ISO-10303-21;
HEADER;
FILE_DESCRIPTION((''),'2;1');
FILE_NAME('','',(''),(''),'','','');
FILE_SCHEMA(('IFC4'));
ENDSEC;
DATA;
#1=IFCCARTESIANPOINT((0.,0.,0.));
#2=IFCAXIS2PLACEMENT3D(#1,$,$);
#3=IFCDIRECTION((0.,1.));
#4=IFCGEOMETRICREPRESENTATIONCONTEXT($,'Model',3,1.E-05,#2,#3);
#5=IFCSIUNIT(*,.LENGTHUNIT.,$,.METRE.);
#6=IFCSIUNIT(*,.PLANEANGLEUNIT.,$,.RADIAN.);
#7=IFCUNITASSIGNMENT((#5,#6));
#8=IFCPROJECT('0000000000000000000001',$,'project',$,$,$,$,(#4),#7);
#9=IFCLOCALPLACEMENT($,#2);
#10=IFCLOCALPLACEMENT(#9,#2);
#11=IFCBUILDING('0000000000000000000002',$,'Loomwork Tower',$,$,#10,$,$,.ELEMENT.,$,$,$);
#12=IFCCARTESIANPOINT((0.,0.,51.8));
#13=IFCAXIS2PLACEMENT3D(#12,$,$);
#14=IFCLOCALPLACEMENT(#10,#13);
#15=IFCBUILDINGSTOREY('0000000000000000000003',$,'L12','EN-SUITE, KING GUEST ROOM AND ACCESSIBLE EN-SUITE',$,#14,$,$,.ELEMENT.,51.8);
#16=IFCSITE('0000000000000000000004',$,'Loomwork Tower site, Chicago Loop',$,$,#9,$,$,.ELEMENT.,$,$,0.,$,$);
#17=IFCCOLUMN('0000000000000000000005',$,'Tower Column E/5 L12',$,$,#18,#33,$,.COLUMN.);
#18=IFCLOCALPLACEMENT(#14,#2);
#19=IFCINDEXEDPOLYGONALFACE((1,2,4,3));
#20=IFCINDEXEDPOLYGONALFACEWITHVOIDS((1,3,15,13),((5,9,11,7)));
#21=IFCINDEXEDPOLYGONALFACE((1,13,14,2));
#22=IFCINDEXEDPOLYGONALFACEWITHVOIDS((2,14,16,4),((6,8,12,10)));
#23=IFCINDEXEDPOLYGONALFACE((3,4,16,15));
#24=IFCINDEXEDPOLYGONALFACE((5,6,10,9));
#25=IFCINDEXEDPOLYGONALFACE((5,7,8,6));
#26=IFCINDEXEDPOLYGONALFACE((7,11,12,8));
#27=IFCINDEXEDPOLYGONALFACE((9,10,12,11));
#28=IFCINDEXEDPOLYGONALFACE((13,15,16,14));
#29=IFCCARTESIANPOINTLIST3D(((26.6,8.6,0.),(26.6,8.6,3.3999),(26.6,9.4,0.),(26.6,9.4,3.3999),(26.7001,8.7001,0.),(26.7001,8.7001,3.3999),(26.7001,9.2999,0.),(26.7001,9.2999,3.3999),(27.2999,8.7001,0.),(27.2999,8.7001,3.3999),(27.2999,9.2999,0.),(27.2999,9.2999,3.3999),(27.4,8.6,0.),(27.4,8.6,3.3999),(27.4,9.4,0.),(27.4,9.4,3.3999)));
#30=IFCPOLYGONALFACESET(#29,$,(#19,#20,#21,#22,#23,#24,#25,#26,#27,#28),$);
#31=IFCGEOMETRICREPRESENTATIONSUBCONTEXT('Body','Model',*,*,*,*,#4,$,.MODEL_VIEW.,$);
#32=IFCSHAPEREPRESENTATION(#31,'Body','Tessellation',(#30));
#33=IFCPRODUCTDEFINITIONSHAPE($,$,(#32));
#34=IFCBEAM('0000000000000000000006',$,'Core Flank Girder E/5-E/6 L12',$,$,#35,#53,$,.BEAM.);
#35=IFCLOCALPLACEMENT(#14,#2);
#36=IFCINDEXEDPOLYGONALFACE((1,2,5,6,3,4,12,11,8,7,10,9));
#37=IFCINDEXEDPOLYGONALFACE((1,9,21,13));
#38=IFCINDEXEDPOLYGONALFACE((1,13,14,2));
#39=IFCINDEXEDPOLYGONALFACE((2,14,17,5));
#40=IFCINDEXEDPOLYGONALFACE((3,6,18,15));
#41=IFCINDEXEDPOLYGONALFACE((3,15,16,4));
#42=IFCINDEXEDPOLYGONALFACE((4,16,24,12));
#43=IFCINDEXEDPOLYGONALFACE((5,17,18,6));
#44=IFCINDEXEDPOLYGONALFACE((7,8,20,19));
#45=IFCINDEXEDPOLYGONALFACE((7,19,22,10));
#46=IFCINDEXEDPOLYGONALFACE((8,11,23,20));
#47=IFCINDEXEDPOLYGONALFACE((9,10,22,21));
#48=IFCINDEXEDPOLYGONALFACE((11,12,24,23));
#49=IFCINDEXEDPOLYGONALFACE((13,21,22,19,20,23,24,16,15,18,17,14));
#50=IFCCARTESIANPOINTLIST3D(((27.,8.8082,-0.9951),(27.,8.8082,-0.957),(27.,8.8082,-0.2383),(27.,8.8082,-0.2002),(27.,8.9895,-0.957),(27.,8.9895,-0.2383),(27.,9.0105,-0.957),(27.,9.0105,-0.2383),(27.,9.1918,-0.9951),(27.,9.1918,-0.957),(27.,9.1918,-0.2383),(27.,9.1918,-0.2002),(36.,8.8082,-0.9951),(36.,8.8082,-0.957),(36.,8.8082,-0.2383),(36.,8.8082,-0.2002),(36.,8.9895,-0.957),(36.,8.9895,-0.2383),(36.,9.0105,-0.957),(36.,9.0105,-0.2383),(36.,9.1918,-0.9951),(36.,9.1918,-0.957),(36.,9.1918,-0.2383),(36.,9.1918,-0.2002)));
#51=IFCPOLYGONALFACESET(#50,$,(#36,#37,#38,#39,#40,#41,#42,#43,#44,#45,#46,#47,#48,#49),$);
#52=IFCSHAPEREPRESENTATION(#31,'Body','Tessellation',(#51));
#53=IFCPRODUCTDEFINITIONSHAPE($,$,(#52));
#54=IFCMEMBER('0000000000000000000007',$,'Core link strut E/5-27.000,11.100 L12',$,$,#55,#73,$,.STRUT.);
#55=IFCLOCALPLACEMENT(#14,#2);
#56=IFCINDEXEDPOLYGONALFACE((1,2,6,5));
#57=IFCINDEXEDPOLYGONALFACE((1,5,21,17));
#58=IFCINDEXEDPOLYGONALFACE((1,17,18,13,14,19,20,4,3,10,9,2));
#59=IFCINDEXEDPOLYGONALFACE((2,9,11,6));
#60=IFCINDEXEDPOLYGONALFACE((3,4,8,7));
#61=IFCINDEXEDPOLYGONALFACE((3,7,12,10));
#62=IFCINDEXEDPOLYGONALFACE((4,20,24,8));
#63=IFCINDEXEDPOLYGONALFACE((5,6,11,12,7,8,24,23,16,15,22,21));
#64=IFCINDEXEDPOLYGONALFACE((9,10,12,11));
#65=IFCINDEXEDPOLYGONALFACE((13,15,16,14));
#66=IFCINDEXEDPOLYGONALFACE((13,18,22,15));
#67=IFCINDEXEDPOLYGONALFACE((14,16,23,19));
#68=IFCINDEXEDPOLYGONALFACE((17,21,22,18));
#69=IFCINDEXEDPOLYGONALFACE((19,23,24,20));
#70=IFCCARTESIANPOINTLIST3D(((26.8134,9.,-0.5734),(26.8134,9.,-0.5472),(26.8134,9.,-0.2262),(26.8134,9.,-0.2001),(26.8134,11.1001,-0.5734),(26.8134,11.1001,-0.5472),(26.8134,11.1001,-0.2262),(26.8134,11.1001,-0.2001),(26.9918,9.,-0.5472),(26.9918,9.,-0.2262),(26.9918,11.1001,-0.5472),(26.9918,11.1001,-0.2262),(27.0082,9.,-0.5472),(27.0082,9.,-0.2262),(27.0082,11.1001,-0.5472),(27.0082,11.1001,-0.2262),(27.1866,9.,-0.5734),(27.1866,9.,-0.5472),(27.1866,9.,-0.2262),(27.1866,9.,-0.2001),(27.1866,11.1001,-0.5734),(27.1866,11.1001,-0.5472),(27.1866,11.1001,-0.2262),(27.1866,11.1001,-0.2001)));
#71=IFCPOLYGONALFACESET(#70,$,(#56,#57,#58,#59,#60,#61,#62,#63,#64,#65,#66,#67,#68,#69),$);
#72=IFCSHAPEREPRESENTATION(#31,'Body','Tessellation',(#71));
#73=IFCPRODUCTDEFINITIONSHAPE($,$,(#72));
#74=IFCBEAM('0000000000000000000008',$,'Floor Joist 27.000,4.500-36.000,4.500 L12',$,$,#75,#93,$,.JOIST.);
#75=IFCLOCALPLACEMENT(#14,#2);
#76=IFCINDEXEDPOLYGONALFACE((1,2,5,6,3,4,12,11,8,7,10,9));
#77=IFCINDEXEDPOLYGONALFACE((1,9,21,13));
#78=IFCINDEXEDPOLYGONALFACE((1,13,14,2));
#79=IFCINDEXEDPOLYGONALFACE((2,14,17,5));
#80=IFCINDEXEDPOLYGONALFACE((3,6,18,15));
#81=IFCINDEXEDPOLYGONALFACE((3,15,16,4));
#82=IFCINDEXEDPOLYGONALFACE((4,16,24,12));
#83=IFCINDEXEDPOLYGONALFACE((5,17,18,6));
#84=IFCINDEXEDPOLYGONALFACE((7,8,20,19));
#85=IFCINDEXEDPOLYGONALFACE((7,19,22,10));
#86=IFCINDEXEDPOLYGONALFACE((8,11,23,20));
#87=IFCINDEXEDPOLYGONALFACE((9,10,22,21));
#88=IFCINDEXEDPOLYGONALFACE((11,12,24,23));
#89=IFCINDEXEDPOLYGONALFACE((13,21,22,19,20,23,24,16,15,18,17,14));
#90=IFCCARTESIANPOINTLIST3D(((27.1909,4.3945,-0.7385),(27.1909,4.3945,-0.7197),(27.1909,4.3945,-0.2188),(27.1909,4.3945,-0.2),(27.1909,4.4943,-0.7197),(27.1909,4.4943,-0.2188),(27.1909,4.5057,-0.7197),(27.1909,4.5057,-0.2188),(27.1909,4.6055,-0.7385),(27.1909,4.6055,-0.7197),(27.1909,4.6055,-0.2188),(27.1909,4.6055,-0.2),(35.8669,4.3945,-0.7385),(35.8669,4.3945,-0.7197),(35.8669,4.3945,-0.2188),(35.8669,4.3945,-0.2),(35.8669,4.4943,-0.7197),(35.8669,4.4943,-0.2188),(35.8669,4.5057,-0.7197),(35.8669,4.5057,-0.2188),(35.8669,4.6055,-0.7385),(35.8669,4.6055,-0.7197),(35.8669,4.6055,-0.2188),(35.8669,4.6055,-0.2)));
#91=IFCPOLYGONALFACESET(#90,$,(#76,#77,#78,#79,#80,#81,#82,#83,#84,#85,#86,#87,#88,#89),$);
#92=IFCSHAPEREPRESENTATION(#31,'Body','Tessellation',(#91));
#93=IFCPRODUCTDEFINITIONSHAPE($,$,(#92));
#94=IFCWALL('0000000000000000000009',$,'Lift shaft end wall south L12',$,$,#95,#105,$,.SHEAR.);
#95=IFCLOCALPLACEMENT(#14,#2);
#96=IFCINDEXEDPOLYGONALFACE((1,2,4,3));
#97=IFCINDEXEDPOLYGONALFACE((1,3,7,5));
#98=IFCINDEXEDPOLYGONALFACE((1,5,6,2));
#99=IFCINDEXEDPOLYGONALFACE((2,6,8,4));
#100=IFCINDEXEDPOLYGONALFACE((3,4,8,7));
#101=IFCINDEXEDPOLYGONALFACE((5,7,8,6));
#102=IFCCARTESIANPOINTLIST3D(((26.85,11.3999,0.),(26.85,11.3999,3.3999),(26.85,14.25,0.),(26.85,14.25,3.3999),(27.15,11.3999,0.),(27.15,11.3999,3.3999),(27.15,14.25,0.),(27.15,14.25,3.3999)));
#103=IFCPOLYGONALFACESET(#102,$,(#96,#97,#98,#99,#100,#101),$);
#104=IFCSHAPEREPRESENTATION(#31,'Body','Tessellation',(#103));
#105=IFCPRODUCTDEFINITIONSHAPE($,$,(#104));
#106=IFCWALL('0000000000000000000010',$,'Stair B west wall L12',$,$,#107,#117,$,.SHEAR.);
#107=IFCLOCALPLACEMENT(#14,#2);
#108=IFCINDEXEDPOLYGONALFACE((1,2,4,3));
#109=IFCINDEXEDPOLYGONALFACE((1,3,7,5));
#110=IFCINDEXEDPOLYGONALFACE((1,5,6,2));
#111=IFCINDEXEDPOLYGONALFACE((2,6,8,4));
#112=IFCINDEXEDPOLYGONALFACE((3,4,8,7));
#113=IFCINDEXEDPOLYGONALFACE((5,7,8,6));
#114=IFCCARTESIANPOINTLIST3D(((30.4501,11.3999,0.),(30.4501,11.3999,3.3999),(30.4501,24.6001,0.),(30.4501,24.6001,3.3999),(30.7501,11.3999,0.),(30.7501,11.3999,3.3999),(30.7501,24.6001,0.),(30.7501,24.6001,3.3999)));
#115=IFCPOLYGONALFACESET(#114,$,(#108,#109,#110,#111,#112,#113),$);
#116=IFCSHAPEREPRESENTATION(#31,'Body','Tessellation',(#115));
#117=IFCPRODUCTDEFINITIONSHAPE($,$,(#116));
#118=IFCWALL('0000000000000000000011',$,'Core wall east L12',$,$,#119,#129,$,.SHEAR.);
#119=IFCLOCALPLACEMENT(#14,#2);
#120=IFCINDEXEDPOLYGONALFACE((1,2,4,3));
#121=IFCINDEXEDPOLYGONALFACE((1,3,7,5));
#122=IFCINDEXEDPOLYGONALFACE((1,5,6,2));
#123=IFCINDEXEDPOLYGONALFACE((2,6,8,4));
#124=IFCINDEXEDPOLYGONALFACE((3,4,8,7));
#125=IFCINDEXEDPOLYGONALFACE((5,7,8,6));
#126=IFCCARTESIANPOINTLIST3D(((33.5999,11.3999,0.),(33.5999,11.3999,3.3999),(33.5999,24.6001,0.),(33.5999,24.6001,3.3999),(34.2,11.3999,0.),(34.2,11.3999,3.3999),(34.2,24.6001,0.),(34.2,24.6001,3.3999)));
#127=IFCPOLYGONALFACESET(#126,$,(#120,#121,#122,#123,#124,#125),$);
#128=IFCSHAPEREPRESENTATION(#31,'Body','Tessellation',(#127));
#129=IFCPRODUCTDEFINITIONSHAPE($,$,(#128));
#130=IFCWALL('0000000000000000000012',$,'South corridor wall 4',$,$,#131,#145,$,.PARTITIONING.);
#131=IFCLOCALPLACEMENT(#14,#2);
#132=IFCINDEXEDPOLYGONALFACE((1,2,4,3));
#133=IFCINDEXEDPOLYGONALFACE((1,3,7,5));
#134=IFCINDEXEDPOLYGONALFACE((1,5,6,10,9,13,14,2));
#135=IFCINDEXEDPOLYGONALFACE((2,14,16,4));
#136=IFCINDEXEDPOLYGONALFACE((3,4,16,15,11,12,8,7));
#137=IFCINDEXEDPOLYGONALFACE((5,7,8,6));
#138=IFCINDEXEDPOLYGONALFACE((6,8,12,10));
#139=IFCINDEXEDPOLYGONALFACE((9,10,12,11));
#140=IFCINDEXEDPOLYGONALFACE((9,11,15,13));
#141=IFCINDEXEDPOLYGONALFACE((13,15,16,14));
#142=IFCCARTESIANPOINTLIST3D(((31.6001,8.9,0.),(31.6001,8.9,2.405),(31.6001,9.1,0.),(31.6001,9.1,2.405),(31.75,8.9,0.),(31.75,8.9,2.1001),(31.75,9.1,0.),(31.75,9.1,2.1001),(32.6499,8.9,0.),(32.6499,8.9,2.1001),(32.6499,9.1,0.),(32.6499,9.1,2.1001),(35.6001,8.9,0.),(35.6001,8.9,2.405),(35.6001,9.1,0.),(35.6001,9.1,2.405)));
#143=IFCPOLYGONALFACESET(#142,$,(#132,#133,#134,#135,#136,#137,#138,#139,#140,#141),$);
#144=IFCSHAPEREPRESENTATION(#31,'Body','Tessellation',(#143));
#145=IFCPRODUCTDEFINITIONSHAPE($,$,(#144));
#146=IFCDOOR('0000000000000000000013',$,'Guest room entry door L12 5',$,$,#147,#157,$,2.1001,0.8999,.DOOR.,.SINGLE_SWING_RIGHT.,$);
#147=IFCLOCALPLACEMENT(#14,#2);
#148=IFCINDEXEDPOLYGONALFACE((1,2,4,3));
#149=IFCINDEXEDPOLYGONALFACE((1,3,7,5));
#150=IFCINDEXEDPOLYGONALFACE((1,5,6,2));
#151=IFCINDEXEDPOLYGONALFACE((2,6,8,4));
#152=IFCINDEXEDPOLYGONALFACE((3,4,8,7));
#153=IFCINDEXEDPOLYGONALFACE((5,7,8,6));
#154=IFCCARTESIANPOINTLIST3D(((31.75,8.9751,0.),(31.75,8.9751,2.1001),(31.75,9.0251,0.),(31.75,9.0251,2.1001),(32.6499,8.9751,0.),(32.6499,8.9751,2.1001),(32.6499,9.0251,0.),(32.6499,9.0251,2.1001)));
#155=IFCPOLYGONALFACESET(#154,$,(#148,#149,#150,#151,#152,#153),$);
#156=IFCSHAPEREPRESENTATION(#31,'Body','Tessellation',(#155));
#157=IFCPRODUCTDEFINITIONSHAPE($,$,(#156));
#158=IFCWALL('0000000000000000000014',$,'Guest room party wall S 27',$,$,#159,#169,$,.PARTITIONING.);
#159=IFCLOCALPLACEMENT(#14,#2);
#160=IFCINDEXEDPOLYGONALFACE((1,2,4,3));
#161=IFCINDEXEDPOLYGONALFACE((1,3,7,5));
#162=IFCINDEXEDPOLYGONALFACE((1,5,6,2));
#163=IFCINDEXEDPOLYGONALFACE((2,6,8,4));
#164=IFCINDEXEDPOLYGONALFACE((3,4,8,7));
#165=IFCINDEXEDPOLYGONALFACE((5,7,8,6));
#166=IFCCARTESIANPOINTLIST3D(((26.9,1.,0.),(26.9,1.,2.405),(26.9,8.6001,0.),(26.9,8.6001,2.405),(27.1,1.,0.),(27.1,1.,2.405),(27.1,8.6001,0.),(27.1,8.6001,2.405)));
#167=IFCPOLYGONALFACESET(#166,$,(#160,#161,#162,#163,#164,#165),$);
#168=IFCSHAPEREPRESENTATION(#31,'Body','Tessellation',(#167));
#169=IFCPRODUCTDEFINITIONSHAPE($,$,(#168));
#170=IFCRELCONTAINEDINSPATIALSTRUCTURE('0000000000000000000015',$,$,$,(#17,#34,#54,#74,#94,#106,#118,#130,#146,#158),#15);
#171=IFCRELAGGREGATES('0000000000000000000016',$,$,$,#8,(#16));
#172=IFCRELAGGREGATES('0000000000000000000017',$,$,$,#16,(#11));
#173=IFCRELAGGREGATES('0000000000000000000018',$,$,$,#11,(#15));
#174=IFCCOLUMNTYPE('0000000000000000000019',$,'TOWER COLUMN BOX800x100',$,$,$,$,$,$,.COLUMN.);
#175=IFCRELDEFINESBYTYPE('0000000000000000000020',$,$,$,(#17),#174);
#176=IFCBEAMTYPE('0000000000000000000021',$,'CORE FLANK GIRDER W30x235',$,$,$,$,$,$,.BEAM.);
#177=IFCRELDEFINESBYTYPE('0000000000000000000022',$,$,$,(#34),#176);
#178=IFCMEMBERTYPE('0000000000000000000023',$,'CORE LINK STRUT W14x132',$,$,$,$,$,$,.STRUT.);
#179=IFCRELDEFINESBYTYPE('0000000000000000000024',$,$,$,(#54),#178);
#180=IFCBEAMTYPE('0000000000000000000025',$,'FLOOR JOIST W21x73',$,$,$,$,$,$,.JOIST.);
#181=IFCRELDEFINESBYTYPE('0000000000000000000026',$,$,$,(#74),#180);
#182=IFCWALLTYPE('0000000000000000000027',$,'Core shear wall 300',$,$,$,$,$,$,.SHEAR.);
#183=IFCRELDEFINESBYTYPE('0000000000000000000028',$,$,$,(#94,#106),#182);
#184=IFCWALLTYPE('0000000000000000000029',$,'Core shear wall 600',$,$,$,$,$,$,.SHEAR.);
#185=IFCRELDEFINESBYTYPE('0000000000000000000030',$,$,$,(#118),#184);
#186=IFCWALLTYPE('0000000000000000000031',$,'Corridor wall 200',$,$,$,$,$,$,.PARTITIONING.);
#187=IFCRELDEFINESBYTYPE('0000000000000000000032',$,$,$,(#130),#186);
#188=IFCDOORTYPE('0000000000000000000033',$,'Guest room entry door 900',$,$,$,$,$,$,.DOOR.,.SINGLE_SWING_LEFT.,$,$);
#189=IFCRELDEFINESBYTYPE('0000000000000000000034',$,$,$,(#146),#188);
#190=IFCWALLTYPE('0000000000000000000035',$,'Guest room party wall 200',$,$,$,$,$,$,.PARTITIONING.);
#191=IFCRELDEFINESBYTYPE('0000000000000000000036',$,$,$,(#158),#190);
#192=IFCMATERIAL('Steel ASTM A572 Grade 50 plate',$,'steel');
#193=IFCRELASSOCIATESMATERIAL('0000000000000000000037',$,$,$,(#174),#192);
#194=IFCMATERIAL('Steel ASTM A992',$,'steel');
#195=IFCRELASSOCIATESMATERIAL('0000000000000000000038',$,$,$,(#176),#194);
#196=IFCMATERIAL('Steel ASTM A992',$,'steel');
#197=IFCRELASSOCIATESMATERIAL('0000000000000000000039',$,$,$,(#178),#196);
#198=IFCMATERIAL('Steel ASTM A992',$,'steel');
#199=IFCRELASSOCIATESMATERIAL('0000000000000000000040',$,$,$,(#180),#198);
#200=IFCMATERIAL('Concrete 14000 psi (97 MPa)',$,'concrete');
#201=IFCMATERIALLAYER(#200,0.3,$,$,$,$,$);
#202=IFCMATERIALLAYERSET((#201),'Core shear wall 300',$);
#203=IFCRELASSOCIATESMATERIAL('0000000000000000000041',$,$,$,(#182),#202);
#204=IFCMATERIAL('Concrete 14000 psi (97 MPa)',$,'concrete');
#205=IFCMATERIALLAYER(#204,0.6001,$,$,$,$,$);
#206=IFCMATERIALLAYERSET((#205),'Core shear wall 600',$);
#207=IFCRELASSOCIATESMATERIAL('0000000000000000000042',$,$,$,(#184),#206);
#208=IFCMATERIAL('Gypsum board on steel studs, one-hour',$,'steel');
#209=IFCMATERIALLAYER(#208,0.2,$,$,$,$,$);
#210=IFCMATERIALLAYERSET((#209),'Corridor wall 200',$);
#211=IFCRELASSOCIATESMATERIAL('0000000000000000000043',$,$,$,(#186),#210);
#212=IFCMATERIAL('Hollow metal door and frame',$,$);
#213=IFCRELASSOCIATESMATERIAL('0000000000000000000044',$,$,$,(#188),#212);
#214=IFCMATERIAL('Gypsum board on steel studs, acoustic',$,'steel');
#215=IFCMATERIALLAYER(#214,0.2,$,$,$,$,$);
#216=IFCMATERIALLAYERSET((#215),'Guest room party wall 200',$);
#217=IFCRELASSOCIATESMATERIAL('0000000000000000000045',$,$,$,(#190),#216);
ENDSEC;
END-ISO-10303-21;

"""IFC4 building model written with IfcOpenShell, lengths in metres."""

from ifc_helpers import new_model, si_unit, direction, frame, frame_2d, origin, origin_2d, place, context, subcontext, project, spatial, rectangle, hollow_rectangle, i_section, extrude, material, layer, layer_set, material_profile, profile_set, type_object, element, fill, save


model = new_model("IFC4")

# Units and contexts
model_context = context("Model", 3, precision=1e-05, world=origin(), true_north=direction((0.0, 1.0)))
body_context = subcontext(model_context, "Body", "Model", "MODEL_VIEW")
ifc_project = project(units=[si_unit("LENGTHUNIT", "METRE"), si_unit("PLANEANGLEUNIT", "RADIAN")], contexts=[model_context])

# Site, building, storey
site_placement = place(None, origin())
site = spatial("IfcSite", under=ifc_project, at=site_placement, Name="Loomwork Tower site, Chicago Loop", CompositionType="ELEMENT", RefElevation=0.0)
building_placement = place(site_placement, origin())
building = spatial("IfcBuilding", under=site, at=building_placement, Name="Loomwork Tower", CompositionType="ELEMENT")
storey_placement = place(building_placement, frame((0.0, 0.0, 51.8)))
storey = spatial("IfcBuildingStorey", under=building, at=storey_placement, Name="L12", Description="EN-SUITE, KING GUEST ROOM AND ACCESSIBLE EN-SUITE", CompositionType="ELEMENT", Elevation=51.8)

# Column
ifc_material_1 = material(Name="Steel ASTM A572 Grade 50 plate", Category="steel")
ifc_material_profile_1 = material_profile(ifc_material_1, hollow_rectangle(XDim=0.8, YDim=0.8, WallThickness=0.1001, at=origin_2d()), Name="BOX800x100")
ifc_profile_set_1 = profile_set([ifc_material_profile_1], Name="Steel ASTM A572 Grade 50 plate")
column_type = type_object("IfcColumnType", Name="TOWER COLUMN BOX800x100", PredefinedType="COLUMN", material=ifc_profile_set_1)
column_placement = place(storey_placement, frame((27.0, 9.0, 0.0), z_axis=(0.0, 0.0, 1.0), x_axis=(1.0, 0.0, 0.0)))
element("IfcColumn", 1, at=column_placement, inside=storey, type_object=column_type, Name="Tower Column E/5 L12", PredefinedType="COLUMN", context=body_context, shape_type="SweptSolid", body=[
    extrude(hollow_rectangle(XDim=0.8, YDim=0.8, WallThickness=0.1001, at=origin_2d()), origin(), (0.0, 0.0, 1.0), 3.3999),
])

# Beam
ifc_material_2 = material(Name="Steel ASTM A992", Category="steel")
ifc_material_profile_2 = material_profile(ifc_material_2, i_section(OverallWidth=0.3835, OverallDepth=0.7949, WebThickness=0.021, FlangeThickness=0.0381, at=origin_2d()), Name="W30x235")
ifc_profile_set_2 = profile_set([ifc_material_profile_2], Name="Steel ASTM A992")
beam_type_1 = type_object("IfcBeamType", Name="CORE FLANK GIRDER W30x235", PredefinedType="BEAM", material=ifc_profile_set_2)
beam_1_placement = place(storey_placement, frame((27.0, 9.0, -0.5977), z_axis=(1.0, 0.0, 0.0), x_axis=(0.0, 1.0, 0.0)))
element("IfcBeam", 2, at=beam_1_placement, inside=storey, type_object=beam_type_1, Name="Core Flank Girder E/5-E/6 L12", PredefinedType="BEAM", context=body_context, shape_type="SweptSolid", body=[
    extrude(i_section(OverallWidth=0.3835, OverallDepth=0.7949, WebThickness=0.021, FlangeThickness=0.0381, at=origin_2d()), origin(), (0.0, 0.0, 1.0), 9.0),
])

# Member
ifc_material_3 = material(Name="Steel ASTM A992", Category="steel")
ifc_material_profile_3 = material_profile(ifc_material_3, i_section(OverallWidth=0.3733, OverallDepth=0.3733, WebThickness=0.0164, FlangeThickness=0.0261, at=origin_2d()), Name="W14x132")
ifc_profile_set_3 = profile_set([ifc_material_profile_3], Name="Steel ASTM A992")
member_type = type_object("IfcMemberType", Name="CORE LINK STRUT W14x132", PredefinedType="STRUT", material=ifc_profile_set_3)
member_placement = place(storey_placement, frame((27.0, 9.0, -0.3867), z_axis=(0.0, 1.0, 0.0), x_axis=(-1.0, 0.0, 0.0)))
element("IfcMember", 3, at=member_placement, inside=storey, type_object=member_type, Name="Core link strut E/5-27.000,11.100 L12", PredefinedType="STRUT", context=body_context, shape_type="SweptSolid", body=[
    extrude(i_section(OverallWidth=0.3733, OverallDepth=0.3733, WebThickness=0.0164, FlangeThickness=0.0261, at=origin_2d()), origin(), (0.0, 0.0, 1.0), 2.1001),
])

# Beam
ifc_material_4 = material(Name="Steel ASTM A992", Category="steel")
ifc_material_profile_4 = material_profile(ifc_material_4, i_section(OverallWidth=0.2109, OverallDepth=0.5386, WebThickness=0.0115, FlangeThickness=0.0188, at=origin_2d()), Name="W21x73")
ifc_profile_set_4 = profile_set([ifc_material_profile_4], Name="Steel ASTM A992")
beam_type_2 = type_object("IfcBeamType", Name="FLOOR JOIST W21x73", PredefinedType="JOIST", material=ifc_profile_set_4)
beam_2_placement = place(storey_placement, frame((27.1909, 4.5, -0.4692), z_axis=(1.0, 0.0, 0.0), x_axis=(0.0, 1.0, 0.0)))
element("IfcBeam", 4, at=beam_2_placement, inside=storey, type_object=beam_type_2, Name="Floor Joist 27.000,4.500-36.000,4.500 L12", PredefinedType="JOIST", context=body_context, shape_type="SweptSolid", body=[
    extrude(i_section(OverallWidth=0.2109, OverallDepth=0.5386, WebThickness=0.0115, FlangeThickness=0.0188, at=origin_2d()), origin(), (0.0, 0.0, 1.0), 8.676),
])

# Walls
ifc_material_5 = material(Name="Concrete 14000 psi (97 MPa)", Category="concrete")
ifc_layer_1 = layer(ifc_material_5, 0.3)
ifc_layer_set_1 = layer_set([ifc_layer_1], Name="Core shear wall 300")
wall_type_1 = type_object("IfcWallType", Name="Core shear wall 300", PredefinedType="SHEAR", material=ifc_layer_set_1)
wall_1_placement = place(storey_placement, frame((27.0, 11.3999, 0.0), z_axis=(0.0, 0.0, 1.0), x_axis=(0.0, 1.0, 0.0)))
element("IfcWall", 5, at=wall_1_placement, inside=storey, type_object=wall_type_1, Name="Lift shaft end wall south L12", PredefinedType="SHEAR", context=body_context, shape_type="SweptSolid", body=[
    extrude(rectangle(XDim=2.8501, YDim=0.3, at=frame_2d((1.425, 0.0))), origin(), (0.0, 0.0, 1.0), 3.3999),
])
wall_2_placement = place(storey_placement, frame((30.6001, 11.3999, 0.0), z_axis=(0.0, 0.0, 1.0), x_axis=(0.0, 1.0, 0.0)))
element("IfcWall", 6, at=wall_2_placement, inside=storey, type_object=wall_type_1, Name="Stair B west wall L12", PredefinedType="SHEAR", context=body_context, shape_type="SweptSolid", body=[
    extrude(rectangle(XDim=13.2002, YDim=0.3, at=frame_2d((6.6001, 0.0))), origin(), (0.0, 0.0, 1.0), 3.3999),
])
ifc_material_6 = material(Name="Concrete 14000 psi (97 MPa)", Category="concrete")
ifc_layer_2 = layer(ifc_material_6, 0.6001)
ifc_layer_set_2 = layer_set([ifc_layer_2], Name="Core shear wall 600")
wall_type_2 = type_object("IfcWallType", Name="Core shear wall 600", PredefinedType="SHEAR", material=ifc_layer_set_2)
wall_3_placement = place(storey_placement, frame((33.8999, 11.3999, 0.0), z_axis=(0.0, 0.0, 1.0), x_axis=(0.0, 1.0, 0.0)))
element("IfcWall", 7, at=wall_3_placement, inside=storey, type_object=wall_type_2, Name="Core wall east L12", PredefinedType="SHEAR", context=body_context, shape_type="SweptSolid", body=[
    extrude(rectangle(XDim=13.2002, YDim=0.6001, at=frame_2d((6.6001, 0.0))), origin(), (0.0, 0.0, 1.0), 3.3999),
])

# Wall, opening, door
ifc_material_7 = material(Name="Gypsum board on steel studs, one-hour", Category="steel")
ifc_layer_3 = layer(ifc_material_7, 0.2)
ifc_layer_set_3 = layer_set([ifc_layer_3], Name="Corridor wall 200")
wall_type_3 = type_object("IfcWallType", Name="Corridor wall 200", PredefinedType="PARTITIONING", material=ifc_layer_set_3)
wall_4_placement = place(storey_placement, frame((31.6001, 9.0, 0.0), z_axis=(0.0, 0.0, 1.0), x_axis=(1.0, 0.0, 0.0)))
wall_4 = element("IfcWall", 8, at=wall_4_placement, inside=storey, type_object=wall_type_3, Name="South corridor wall 4", PredefinedType="PARTITIONING", context=body_context, shape_type="SweptSolid", body=[
    extrude(rectangle(XDim=4.0, YDim=0.2, at=frame_2d((2.0, 0.0))), origin(), (0.0, 0.0, 1.0), 2.405),
])
opening_1_placement = place(wall_4_placement, frame((0.1499, 0.0, 0.0)))
opening_1 = element("IfcOpeningElement", 9, at=opening_1_placement, cuts=wall_4, PredefinedType="OPENING", context=body_context, shape_type="SweptSolid", body=[
    extrude(rectangle(XDim=0.8999, YDim=2.1001, at=frame_2d((0.45, 1.05))), frame((0.0, 0.1099, 0.0), z_axis=(0.0, -1.0, 0.0), x_axis=(1.0, 0.0, 0.0)), (0.0, 0.0, 1.0), 0.22),
])
ifc_material_8 = material(Name="Hollow metal door and frame")
door_type_1 = type_object("IfcDoorType", Name="Guest room entry door 900", OperationType="SINGLE_SWING_LEFT", PredefinedType="DOOR", material=ifc_material_8)
door_1_placement = place(opening_1_placement, frame((0.8999, 0.0, 0.0), z_axis=(0.0, 0.0, 1.0), x_axis=(-1.0, 0.0, 0.0)))
door_1 = element("IfcDoor", 10, at=door_1_placement, inside=storey, type_object=door_type_1, Name="Guest room entry door L12 5", OperationType="SINGLE_SWING_RIGHT", OverallHeight=2.1001, OverallWidth=0.8999, PredefinedType="DOOR", context=body_context, shape_type="SweptSolid", body=[
    extrude(rectangle(XDim=0.8999, YDim=2.1001, at=frame_2d((0.45, 1.05))), frame((0.0, 0.0249, 0.0), z_axis=(0.0, -1.0, 0.0), x_axis=(1.0, 0.0, 0.0)), (0.0, 0.0, 1.0), 0.05),
])
fill(opening_1, door_1)

# Wall
ifc_material_9 = material(Name="Gypsum board on steel studs, acoustic", Category="steel")
ifc_layer_4 = layer(ifc_material_9, 0.2)
ifc_layer_set_4 = layer_set([ifc_layer_4], Name="Guest room party wall 200")
wall_type_4 = type_object("IfcWallType", Name="Guest room party wall 200", PredefinedType="PARTITIONING", material=ifc_layer_set_4)
wall_5_placement = place(storey_placement, frame((27.0, 8.6001, 0.0), z_axis=(0.0, 0.0, 1.0), x_axis=(0.0, -1.0, 0.0)))
element("IfcWall", 11, at=wall_5_placement, inside=storey, type_object=wall_type_4, Name="Guest room party wall S 27", PredefinedType="PARTITIONING", context=body_context, shape_type="SweptSolid", body=[
    extrude(rectangle(XDim=7.6001, YDim=0.2, at=frame_2d((3.8, 0.0))), origin(), (0.0, 0.0, 1.0), 2.405),
])

save(model, "model.ifc")
